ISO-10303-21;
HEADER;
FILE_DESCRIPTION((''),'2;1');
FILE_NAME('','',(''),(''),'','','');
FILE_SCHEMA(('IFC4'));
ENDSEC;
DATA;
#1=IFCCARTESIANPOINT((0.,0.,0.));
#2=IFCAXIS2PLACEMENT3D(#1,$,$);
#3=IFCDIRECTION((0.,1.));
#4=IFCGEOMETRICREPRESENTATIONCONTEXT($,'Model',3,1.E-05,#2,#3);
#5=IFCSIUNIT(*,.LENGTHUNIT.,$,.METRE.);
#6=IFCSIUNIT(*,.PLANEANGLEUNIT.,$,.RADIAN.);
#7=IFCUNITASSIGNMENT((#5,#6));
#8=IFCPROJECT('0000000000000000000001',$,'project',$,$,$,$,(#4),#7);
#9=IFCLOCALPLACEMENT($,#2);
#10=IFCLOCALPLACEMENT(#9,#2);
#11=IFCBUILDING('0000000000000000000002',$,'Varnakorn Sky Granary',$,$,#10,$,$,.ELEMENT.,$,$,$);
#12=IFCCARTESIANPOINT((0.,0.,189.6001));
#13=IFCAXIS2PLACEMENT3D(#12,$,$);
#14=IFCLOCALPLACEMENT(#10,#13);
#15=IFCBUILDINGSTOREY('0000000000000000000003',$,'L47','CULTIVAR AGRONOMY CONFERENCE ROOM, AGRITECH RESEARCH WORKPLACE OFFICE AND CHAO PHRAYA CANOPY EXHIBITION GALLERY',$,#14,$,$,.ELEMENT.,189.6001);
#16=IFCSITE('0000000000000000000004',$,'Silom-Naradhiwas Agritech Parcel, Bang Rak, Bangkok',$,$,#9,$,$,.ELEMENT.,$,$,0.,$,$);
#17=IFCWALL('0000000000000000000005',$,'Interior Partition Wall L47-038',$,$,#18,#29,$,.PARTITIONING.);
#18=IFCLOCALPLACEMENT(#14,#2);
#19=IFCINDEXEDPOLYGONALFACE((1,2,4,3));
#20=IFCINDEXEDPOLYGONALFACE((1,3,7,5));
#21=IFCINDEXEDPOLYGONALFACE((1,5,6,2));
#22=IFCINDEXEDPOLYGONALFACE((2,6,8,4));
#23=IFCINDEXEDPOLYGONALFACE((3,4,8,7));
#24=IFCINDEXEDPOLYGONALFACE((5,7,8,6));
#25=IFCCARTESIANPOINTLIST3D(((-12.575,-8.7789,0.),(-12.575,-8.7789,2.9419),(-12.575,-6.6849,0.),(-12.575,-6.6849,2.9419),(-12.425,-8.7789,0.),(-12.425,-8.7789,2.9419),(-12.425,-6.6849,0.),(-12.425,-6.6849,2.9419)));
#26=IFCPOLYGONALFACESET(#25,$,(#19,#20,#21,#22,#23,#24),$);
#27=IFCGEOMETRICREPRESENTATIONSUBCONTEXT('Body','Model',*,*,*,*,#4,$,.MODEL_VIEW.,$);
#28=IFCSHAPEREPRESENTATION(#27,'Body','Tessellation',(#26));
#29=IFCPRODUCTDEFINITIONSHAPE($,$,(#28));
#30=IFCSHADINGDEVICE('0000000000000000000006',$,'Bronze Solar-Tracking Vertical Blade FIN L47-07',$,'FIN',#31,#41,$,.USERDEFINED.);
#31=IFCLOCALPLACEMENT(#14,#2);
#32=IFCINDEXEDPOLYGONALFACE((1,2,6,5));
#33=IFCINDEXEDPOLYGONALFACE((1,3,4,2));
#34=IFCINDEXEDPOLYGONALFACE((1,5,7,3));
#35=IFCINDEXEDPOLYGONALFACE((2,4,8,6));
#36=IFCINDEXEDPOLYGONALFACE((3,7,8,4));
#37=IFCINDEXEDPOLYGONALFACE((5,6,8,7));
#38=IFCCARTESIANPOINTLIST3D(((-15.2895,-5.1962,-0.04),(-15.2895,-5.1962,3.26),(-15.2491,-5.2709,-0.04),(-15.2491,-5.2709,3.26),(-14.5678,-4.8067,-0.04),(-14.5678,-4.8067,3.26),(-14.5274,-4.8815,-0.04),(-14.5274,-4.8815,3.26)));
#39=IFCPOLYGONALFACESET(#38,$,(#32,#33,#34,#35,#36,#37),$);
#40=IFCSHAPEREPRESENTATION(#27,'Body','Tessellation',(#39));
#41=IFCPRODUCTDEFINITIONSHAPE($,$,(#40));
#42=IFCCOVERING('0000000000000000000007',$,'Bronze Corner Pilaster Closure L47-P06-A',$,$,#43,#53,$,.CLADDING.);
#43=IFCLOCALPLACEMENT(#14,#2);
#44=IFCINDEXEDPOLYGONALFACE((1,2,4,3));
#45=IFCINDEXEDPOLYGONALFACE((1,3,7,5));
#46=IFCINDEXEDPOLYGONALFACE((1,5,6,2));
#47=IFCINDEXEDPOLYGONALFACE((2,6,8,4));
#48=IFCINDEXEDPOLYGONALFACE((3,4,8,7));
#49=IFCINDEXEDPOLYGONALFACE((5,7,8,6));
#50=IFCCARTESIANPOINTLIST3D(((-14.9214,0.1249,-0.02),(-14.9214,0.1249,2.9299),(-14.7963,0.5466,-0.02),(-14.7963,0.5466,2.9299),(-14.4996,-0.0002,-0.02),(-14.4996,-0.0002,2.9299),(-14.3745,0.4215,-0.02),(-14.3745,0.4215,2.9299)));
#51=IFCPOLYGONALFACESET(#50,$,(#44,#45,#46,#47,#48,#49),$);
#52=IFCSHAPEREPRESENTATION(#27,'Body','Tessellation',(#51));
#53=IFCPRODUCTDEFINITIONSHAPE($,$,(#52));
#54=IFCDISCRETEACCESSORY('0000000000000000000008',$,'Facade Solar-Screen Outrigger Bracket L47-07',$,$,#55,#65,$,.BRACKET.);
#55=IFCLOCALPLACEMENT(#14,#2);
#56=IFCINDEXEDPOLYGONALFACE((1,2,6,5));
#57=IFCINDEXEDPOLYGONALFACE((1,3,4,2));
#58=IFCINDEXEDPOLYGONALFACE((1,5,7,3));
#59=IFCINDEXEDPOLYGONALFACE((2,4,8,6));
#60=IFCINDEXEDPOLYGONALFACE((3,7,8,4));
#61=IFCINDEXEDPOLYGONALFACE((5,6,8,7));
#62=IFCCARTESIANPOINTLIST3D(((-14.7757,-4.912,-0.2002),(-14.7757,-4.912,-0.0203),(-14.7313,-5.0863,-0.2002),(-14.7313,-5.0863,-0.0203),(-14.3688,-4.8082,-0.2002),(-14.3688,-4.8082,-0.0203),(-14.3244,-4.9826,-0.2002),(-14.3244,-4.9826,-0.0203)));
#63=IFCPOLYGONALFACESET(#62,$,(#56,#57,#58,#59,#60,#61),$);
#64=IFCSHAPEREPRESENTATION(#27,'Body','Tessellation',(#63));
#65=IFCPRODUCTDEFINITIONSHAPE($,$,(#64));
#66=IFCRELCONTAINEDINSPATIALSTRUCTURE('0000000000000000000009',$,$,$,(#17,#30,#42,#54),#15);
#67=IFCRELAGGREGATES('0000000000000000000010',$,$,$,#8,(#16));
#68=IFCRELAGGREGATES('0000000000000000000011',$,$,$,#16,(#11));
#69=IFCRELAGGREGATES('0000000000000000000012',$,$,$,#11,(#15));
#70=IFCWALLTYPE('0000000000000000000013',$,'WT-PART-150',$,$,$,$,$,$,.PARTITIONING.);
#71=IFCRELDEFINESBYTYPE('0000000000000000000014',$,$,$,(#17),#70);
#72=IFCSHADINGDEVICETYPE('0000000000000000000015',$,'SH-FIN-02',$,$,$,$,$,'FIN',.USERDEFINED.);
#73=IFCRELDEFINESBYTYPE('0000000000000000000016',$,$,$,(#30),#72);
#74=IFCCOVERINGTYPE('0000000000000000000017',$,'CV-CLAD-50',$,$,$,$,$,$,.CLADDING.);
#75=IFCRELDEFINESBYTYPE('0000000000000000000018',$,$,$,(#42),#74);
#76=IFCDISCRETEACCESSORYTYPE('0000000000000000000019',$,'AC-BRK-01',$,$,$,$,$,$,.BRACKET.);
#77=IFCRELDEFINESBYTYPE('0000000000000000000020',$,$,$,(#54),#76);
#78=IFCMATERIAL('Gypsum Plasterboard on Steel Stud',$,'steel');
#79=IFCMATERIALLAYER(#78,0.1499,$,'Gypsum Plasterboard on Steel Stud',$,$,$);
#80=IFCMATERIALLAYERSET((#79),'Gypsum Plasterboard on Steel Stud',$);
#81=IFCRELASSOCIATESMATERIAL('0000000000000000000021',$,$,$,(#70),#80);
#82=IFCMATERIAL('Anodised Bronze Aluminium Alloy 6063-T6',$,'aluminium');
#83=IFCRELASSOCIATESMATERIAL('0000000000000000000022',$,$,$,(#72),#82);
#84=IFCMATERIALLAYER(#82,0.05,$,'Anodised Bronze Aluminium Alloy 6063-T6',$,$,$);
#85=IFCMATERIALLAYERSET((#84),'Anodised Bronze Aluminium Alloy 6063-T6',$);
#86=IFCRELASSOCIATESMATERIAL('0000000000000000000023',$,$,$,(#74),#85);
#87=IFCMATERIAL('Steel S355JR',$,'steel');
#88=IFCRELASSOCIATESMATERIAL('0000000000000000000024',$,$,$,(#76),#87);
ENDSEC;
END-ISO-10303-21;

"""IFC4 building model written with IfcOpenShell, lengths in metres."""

from ifc_helpers import new_model, si_unit, direction, frame, frame_2d, origin, origin_2d, place, context, subcontext, project, spatial, rectangle, extrude, source, transform, mapped, material, layer, layer_set, type_object, type_shapes, element, save


model = new_model("IFC4")

# Units and contexts
model_context = context("Model", 3, precision=1e-05, world=origin(), true_north=direction((0.0, 1.0)))
body_context = subcontext(model_context, "Body", "Model", "MODEL_VIEW")
ifc_project = project(units=[si_unit("LENGTHUNIT", "METRE"), si_unit("PLANEANGLEUNIT", "RADIAN")], contexts=[model_context])

# Site, building, storey
site_placement = place(None, origin())
site = spatial("IfcSite", under=ifc_project, at=site_placement, Name="Silom-Naradhiwas Agritech Parcel, Bang Rak, Bangkok", CompositionType="ELEMENT", RefElevation=0.0)
building_placement = place(site_placement, origin())
building = spatial("IfcBuilding", under=site, at=building_placement, Name="Varnakorn Sky Granary", CompositionType="ELEMENT")
storey_placement = place(building_placement, frame((0.0, 0.0, 189.6001)))
storey = spatial("IfcBuildingStorey", under=building, at=storey_placement, Name="L47", Description="CULTIVAR AGRONOMY CONFERENCE ROOM, AGRITECH RESEARCH WORKPLACE OFFICE AND CHAO PHRAYA CANOPY EXHIBITION GALLERY", CompositionType="ELEMENT", Elevation=189.6001)

# Shared definitions
ifc_material_1 = material(Name="Steel S355JR", Category="steel")

# Shared definitions
ifc_material_2 = material(Name="Anodised Bronze Aluminium Alloy 6063-T6", Category="aluminium")

# Wall
ifc_material_3 = material(Name="Gypsum Plasterboard on Steel Stud", Category="steel")
ifc_layer_1 = layer(ifc_material_3, 0.1499, Name="Gypsum Plasterboard on Steel Stud")
ifc_layer_set_1 = layer_set([ifc_layer_1], Name="Gypsum Plasterboard on Steel Stud")
wall_type_1 = type_object("IfcWallType", Name="WT-PART-150", PredefinedType="PARTITIONING", material=ifc_layer_set_1)
wall_1_placement = place(storey_placement, frame((-12.5, -6.6851, 0.0), z_axis=(0.0, 0.0, 1.0), x_axis=(0.0, -1.0, 0.0)))
element("IfcWall", 1, at=wall_1_placement, inside=storey, type_object=wall_type_1, Name="Interior Partition Wall L47-038", PredefinedType="PARTITIONING", context=body_context, shape_type="SweptSolid", body=[
    extrude(rectangle(XDim=2.094, YDim=0.1499, at=frame_2d((1.0469, 0.0))), origin(), (0.0, 0.0, 1.0), 2.9419),
])

# Shading device
shading_device_type = type_object("IfcShadingDeviceType", Name="SH-FIN-02", ElementType="FIN", PredefinedType="USERDEFINED", material=ifc_material_2)
shared_shape_1 = source(origin(), body_context, "Body", "SweptSolid", [
    extrude(rectangle(XDim=0.085, YDim=0.8201, at=origin_2d()), origin(), (0.0, 0.0, 1.0), 3.3),
])
type_shapes(shading_device_type, [shared_shape_1])
shading_device_placement = place(storey_placement, frame((-14.9084, -5.0388, -0.04), z_axis=(0.0, 0.0, 1.0), x_axis=(0.474892, -0.880044, 0.0)))
element("IfcShadingDevice", 2, at=shading_device_placement, inside=storey, type_object=shading_device_type, Name="Bronze Solar-Tracking Vertical Blade FIN L47-07", ObjectType="FIN", PredefinedType="USERDEFINED", context=body_context, shape_type="MappedRepresentation", body=[
    mapped(shared_shape_1, transform((0.0, 0.0, 0.0), x_axis=(1.0, 0.0, 0.0), y_axis=(0.0, 1.0, 0.0), z_axis=(0.0, 0.0, 1.0), scale=1.0)),
])

# Covering
ifc_layer_2 = layer(ifc_material_2, 0.05, Name="Anodised Bronze Aluminium Alloy 6063-T6")
ifc_layer_set_2 = layer_set([ifc_layer_2], Name="Anodised Bronze Aluminium Alloy 6063-T6")
covering_type = type_object("IfcCoveringType", Name="CV-CLAD-50", PredefinedType="CLADDING", material=ifc_layer_set_2)
shared_shape_2 = source(origin(), body_context, "Body", "SweptSolid", [
    extrude(rectangle(XDim=0.4399, YDim=0.4399, at=origin_2d()), origin(), (0.0, 0.0, 1.0), 2.95),
])
type_shapes(covering_type, [shared_shape_2])
covering_placement = place(storey_placement, frame((-14.6479, 0.2732, -0.02), z_axis=(0.0, 0.0, 1.0), x_axis=(0.28435, 0.958721, 0.0)))
element("IfcCovering", 3, at=covering_placement, inside=storey, type_object=covering_type, Name="Bronze Corner Pilaster Closure L47-P06-A", PredefinedType="CLADDING", context=body_context, shape_type="MappedRepresentation", body=[
    mapped(shared_shape_2, transform((0.0, 0.0, 0.0), x_axis=(1.0, 0.0, 0.0), y_axis=(0.0, 1.0, 0.0), z_axis=(0.0, 0.0, 1.0), scale=1.0)),
])

# Discrete accessory
discrete_accessory_type = type_object("IfcDiscreteAccessoryType", Name="AC-BRK-01", PredefinedType="BRACKET", material=ifc_material_1)
shared_shape_3 = source(origin(), body_context, "Body", "SweptSolid", [
    extrude(rectangle(XDim=0.1799, YDim=0.4199, at=origin_2d()), origin(), (0.0, 0.0, 1.0), 0.1799),
])
type_shapes(discrete_accessory_type, [shared_shape_3])
discrete_accessory_placement = place(storey_placement, frame((-14.55, -4.9473, -0.2002), z_axis=(0.0, 0.0, 1.0), x_axis=(0.247105, -0.968989, 0.0)))
element("IfcDiscreteAccessory", 4, at=discrete_accessory_placement, inside=storey, type_object=discrete_accessory_type, Name="Facade Solar-Screen Outrigger Bracket L47-07", PredefinedType="BRACKET", context=body_context, shape_type="MappedRepresentation", body=[
    mapped(shared_shape_3, transform((0.0, 0.0, 0.0), x_axis=(1.0, 0.0, 0.0), y_axis=(0.0, 1.0, 0.0), z_axis=(0.0, 0.0, 1.0), scale=1.0)),
])

save(model, "model.ifc")
